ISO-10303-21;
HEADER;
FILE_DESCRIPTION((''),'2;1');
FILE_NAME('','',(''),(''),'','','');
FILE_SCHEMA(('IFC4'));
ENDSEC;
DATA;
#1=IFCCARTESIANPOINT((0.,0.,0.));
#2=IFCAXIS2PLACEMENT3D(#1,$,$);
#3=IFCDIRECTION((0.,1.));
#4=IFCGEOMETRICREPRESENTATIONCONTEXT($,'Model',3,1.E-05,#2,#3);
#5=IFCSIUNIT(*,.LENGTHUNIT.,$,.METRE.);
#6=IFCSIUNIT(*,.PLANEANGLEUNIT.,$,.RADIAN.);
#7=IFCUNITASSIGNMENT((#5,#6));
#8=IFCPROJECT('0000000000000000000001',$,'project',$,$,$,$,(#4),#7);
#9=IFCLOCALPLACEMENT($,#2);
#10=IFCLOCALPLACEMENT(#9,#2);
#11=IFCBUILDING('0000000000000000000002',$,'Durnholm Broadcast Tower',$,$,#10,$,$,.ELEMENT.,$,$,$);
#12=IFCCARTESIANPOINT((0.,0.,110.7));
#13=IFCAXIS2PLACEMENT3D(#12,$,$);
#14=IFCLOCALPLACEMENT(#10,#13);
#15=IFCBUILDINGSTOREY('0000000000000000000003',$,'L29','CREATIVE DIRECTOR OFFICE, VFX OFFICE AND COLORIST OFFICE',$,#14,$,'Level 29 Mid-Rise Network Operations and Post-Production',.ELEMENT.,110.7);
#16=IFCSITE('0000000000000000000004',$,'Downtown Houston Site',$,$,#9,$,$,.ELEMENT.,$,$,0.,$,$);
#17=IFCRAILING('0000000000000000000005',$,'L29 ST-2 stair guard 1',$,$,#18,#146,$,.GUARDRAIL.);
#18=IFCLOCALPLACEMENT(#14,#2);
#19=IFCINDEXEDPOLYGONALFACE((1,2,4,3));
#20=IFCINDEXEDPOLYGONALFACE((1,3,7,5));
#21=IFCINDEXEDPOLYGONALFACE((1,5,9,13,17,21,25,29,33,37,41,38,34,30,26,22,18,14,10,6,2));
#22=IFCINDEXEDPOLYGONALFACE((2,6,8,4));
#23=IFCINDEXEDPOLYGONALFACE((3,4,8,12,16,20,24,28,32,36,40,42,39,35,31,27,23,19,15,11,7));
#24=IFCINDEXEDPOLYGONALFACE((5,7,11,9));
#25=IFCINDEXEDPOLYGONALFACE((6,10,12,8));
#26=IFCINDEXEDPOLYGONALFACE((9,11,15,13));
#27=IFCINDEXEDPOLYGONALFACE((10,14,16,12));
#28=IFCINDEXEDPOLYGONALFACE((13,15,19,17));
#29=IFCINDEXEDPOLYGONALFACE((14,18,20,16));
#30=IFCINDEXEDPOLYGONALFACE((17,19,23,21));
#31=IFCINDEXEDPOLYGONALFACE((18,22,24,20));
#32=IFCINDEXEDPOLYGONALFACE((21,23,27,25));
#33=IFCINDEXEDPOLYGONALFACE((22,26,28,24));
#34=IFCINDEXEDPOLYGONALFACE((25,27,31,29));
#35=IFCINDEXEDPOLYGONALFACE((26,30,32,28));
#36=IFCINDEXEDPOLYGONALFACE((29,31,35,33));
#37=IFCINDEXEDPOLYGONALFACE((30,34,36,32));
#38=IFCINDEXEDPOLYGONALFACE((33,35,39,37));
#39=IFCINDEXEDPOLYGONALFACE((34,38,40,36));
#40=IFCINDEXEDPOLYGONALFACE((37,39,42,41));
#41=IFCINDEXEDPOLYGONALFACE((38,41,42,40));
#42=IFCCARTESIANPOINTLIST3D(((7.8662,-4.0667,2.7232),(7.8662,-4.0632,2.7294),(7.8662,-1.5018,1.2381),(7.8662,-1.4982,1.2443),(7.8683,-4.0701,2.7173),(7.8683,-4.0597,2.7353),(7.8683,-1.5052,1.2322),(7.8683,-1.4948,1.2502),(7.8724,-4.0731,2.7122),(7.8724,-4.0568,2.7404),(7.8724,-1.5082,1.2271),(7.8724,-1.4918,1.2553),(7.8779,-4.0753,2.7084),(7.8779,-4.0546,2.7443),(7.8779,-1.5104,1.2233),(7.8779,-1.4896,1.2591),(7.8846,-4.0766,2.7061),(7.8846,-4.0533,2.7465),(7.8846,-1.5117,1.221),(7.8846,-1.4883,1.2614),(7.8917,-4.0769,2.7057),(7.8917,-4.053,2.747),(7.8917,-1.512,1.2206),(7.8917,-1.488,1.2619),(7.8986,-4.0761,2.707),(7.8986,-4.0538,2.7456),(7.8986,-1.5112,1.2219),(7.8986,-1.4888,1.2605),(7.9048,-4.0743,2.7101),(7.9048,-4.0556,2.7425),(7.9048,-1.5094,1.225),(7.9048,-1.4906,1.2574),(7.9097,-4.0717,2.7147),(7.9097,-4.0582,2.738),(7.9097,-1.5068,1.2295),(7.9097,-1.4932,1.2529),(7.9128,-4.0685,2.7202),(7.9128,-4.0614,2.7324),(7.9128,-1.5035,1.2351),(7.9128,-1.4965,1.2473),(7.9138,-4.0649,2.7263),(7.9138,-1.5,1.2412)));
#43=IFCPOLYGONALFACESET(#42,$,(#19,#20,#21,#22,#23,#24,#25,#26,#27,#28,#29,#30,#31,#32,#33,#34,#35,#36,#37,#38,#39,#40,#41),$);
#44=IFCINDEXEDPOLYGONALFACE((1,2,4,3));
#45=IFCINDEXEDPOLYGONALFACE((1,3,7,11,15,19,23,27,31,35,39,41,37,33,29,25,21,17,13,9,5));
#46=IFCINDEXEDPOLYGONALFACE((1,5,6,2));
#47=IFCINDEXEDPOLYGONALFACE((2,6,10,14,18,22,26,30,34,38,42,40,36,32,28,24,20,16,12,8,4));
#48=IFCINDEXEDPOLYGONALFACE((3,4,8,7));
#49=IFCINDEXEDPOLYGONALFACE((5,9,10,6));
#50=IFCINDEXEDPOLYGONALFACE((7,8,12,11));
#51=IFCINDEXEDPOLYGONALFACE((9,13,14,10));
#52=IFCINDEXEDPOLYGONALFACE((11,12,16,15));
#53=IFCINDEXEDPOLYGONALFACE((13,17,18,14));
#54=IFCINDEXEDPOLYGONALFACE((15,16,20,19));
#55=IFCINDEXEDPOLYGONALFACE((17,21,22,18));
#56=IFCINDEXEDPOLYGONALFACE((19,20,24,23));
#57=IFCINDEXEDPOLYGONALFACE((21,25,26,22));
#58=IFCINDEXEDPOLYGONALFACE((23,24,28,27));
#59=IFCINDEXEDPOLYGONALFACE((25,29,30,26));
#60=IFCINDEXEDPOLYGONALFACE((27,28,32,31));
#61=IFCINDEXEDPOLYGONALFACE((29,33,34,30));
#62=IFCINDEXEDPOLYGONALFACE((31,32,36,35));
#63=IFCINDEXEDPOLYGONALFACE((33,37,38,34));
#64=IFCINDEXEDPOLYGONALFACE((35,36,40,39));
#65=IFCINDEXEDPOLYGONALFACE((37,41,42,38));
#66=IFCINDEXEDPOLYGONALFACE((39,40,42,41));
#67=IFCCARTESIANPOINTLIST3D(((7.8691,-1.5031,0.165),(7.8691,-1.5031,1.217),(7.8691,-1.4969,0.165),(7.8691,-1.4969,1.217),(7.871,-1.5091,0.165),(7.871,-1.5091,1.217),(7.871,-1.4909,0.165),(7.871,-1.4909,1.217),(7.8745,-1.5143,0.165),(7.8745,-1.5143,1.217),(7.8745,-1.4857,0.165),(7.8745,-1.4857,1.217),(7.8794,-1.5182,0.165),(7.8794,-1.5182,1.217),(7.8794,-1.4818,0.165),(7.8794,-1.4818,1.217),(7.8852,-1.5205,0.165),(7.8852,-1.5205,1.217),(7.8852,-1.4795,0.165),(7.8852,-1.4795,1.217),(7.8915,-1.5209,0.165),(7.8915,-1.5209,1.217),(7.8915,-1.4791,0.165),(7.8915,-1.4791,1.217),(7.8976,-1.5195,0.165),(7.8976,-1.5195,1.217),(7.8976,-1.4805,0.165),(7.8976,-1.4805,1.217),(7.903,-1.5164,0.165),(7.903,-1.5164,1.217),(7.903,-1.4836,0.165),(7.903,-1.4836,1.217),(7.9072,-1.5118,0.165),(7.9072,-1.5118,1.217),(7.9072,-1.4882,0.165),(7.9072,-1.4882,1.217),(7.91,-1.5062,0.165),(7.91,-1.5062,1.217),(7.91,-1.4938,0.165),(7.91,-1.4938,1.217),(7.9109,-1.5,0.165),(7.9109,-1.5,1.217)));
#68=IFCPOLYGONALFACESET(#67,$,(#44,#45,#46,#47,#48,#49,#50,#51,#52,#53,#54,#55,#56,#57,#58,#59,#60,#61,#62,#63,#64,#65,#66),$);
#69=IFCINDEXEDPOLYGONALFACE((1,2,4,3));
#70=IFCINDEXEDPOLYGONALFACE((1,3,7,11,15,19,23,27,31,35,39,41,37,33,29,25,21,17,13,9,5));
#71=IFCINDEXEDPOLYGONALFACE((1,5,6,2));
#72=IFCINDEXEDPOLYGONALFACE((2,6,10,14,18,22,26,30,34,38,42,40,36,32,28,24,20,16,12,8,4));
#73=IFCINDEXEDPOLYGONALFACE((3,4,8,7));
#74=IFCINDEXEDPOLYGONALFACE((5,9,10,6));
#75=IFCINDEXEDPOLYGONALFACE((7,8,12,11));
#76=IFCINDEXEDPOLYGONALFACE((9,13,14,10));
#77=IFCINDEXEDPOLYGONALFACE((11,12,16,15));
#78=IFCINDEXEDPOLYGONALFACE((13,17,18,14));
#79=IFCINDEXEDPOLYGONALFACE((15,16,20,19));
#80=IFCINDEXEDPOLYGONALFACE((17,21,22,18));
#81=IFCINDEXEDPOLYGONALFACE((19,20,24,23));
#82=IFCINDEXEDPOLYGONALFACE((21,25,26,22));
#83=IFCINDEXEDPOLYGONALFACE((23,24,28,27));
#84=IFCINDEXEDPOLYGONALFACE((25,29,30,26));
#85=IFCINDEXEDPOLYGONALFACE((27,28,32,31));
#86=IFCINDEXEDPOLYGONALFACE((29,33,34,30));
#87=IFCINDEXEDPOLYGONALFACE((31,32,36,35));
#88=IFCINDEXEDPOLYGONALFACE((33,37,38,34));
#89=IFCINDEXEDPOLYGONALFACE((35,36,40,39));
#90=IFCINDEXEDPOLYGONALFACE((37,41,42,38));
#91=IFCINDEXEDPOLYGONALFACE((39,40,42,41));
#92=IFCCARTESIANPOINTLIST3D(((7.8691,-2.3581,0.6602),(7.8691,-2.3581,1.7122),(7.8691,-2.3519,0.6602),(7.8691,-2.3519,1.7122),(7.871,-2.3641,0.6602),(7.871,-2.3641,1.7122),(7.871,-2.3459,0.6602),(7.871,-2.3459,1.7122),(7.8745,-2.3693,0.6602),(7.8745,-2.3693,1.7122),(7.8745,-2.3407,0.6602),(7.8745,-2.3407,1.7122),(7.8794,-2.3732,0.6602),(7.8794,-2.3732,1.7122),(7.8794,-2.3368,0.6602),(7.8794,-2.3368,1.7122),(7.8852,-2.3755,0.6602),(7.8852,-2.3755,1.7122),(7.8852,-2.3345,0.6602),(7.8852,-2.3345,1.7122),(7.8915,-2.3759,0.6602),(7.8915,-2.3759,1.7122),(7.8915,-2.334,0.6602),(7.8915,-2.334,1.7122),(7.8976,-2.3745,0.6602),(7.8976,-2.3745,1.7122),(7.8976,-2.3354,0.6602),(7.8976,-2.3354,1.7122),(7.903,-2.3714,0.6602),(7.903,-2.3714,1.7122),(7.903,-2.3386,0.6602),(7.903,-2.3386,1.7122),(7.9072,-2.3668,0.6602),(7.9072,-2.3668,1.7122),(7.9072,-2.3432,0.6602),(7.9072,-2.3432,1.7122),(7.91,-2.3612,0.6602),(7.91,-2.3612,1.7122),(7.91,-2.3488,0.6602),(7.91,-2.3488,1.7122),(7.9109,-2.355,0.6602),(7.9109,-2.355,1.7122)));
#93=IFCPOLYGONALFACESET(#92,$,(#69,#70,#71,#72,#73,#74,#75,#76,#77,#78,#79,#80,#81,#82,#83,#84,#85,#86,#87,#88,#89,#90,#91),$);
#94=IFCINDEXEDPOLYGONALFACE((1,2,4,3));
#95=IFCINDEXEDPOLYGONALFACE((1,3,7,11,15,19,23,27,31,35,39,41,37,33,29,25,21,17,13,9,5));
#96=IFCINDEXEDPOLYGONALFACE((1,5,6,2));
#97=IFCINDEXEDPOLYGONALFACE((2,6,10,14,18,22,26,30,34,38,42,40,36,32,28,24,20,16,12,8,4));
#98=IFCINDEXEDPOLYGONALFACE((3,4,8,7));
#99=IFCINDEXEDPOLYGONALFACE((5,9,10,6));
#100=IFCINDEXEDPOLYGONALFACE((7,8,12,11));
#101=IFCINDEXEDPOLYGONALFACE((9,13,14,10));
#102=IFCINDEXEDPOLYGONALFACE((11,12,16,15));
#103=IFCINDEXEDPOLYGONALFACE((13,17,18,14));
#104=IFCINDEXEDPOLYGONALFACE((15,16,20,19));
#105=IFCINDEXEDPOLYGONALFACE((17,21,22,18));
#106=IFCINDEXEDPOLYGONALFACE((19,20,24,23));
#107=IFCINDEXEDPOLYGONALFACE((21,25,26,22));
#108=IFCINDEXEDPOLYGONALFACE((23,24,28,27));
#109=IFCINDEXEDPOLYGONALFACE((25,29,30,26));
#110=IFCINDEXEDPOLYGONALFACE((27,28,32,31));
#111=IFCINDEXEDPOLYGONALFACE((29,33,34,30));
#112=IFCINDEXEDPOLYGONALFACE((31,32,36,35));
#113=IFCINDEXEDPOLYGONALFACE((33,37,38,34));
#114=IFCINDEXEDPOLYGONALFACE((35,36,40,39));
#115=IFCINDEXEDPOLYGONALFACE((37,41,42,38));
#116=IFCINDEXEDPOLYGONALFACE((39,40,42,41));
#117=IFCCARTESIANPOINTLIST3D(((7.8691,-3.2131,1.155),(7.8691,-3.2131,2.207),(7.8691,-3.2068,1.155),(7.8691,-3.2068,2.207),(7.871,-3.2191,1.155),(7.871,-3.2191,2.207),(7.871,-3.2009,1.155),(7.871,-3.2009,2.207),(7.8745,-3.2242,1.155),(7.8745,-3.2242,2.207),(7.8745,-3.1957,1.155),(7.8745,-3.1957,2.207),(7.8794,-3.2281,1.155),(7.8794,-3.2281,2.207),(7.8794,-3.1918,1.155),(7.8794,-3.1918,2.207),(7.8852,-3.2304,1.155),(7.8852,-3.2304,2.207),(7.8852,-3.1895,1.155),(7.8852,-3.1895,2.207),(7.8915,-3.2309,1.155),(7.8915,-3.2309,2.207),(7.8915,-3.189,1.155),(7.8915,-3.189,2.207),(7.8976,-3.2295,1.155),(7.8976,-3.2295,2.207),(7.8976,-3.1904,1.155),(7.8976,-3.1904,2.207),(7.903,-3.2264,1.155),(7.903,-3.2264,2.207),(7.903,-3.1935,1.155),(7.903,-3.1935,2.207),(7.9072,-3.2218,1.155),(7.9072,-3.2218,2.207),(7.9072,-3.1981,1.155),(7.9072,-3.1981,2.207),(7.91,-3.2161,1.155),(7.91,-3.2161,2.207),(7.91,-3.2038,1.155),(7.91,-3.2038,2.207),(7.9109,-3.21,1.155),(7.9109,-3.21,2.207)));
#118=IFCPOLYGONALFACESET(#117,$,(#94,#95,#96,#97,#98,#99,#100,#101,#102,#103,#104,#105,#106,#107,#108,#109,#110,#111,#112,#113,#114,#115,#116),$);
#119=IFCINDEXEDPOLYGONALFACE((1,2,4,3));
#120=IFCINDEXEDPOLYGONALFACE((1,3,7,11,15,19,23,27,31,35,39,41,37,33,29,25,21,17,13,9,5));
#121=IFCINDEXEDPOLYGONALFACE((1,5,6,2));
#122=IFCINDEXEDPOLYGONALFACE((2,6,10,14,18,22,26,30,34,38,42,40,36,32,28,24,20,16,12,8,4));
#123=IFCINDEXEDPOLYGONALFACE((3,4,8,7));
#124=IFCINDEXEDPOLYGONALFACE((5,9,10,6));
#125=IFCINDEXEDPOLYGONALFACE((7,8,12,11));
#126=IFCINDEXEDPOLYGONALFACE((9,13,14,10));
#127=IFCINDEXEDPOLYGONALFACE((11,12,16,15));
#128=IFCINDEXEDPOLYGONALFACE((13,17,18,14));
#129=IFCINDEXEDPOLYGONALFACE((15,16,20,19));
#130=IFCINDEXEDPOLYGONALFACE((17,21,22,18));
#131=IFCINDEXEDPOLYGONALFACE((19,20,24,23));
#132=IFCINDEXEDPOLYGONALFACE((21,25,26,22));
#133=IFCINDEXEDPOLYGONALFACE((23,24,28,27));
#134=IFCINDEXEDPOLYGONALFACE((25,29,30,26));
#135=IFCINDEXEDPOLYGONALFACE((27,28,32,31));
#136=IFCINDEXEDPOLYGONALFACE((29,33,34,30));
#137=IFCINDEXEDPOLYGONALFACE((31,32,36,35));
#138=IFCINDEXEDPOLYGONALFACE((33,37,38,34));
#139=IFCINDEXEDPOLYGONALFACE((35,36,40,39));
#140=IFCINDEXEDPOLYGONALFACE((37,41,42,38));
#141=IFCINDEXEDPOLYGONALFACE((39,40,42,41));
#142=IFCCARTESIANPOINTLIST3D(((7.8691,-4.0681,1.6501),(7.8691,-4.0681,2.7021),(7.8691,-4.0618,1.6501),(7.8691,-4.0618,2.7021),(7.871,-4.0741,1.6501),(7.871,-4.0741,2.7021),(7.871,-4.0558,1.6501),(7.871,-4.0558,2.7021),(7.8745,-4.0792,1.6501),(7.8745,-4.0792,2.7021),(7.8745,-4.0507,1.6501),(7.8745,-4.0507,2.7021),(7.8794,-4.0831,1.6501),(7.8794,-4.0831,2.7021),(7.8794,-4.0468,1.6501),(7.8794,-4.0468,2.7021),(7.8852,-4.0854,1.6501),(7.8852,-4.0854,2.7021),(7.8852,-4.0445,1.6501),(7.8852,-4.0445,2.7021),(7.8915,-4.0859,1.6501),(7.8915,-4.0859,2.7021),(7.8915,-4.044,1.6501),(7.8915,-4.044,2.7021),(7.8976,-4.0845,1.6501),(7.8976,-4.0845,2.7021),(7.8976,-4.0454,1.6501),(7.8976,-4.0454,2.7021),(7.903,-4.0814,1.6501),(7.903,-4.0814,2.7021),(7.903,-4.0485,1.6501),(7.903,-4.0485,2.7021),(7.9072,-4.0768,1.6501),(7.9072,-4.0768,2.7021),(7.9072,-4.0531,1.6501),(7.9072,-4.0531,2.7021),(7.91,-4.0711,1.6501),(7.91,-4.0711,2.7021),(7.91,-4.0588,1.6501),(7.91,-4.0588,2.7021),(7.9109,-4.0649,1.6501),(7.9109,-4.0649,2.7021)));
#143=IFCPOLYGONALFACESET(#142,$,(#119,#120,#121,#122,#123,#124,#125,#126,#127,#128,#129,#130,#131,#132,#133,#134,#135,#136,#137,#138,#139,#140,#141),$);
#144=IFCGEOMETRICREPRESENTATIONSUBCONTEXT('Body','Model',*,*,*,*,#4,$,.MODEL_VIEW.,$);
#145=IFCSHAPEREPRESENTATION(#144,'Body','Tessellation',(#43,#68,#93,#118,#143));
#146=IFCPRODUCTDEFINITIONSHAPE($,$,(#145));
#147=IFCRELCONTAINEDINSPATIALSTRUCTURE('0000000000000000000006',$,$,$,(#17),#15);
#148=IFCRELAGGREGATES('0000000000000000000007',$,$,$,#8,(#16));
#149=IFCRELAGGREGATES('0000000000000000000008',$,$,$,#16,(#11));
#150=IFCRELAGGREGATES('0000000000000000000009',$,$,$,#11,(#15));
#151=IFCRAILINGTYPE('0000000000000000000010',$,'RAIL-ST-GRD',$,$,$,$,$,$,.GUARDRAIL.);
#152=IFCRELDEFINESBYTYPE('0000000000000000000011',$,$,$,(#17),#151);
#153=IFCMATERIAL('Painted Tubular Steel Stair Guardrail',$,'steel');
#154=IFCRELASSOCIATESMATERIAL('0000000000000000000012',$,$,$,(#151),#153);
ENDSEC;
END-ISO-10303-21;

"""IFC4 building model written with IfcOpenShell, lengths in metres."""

from ifc_helpers import new_model, si_unit, direction, frame, origin, origin_2d, place, context, subcontext, project, spatial, circle, extrude, material, type_object, element, save


model = new_model("IFC4")

# Units and contexts
model_context = context("Model", 3, precision=1e-05, world=origin(), true_north=direction((0.0, 1.0)))
body_context = subcontext(model_context, "Body", "Model", "MODEL_VIEW")
ifc_project = project(units=[si_unit("LENGTHUNIT", "METRE"), si_unit("PLANEANGLEUNIT", "RADIAN")], contexts=[model_context])

# Site, building, storey
site_placement = place(None, origin())
site = spatial("IfcSite", under=ifc_project, at=site_placement, Name="Downtown Houston Site", CompositionType="ELEMENT", RefElevation=0.0)
building_placement = place(site_placement, origin())
building = spatial("IfcBuilding", under=site, at=building_placement, Name="Durnholm Broadcast Tower", CompositionType="ELEMENT")
storey_placement = place(building_placement, frame((0.0, 0.0, 110.7)))
storey = spatial("IfcBuildingStorey", under=building, at=storey_placement, Name="L29", Description="CREATIVE DIRECTOR OFFICE, VFX OFFICE AND COLORIST OFFICE", LongName="Level 29 Mid-Rise Network Operations and Post-Production", CompositionType="ELEMENT", Elevation=110.7)

# Railing
ifc_material_1 = material(Name="Painted Tubular Steel Stair Guardrail", Category="steel")
railing_type_1 = type_object("IfcRailingType", Name="RAIL-ST-GRD", PredefinedType="GUARDRAIL", material=ifc_material_1)
railing_1_placement = place(storey_placement, frame((7.8899, -1.5, 0.165)))
element("IfcRailing", 1, at=railing_1_placement, inside=storey, type_object=railing_type_1, Name="L29 ST-2 stair guard 1", PredefinedType="GUARDRAIL", context=body_context, shape_type="SweptSolid", body=[
    extrude(circle(Radius=0.0239, at=origin_2d()), frame((0.0, 0.0, 1.0762), z_axis=(0.0, -0.865406, 0.501072), x_axis=(1.0, 0.0, 0.0)), (0.0, 0.0, 1.0), 2.9639),
    extrude(circle(Radius=0.021, at=origin_2d()), origin(), (0.0, 0.0, 1.0), 1.052),
    extrude(circle(Radius=0.021, at=origin_2d()), frame((0.0, -0.855, 0.4951)), (0.0, 0.0, 1.0), 1.052),
    extrude(circle(Radius=0.021, at=origin_2d()), frame((0.0, -1.71, 0.99)), (0.0, 0.0, 1.0), 1.052),
    extrude(circle(Radius=0.021, at=origin_2d()), frame((0.0, -2.5649, 1.4851)), (0.0, 0.0, 1.0), 1.052),
])

save(model, "model.ifc")
